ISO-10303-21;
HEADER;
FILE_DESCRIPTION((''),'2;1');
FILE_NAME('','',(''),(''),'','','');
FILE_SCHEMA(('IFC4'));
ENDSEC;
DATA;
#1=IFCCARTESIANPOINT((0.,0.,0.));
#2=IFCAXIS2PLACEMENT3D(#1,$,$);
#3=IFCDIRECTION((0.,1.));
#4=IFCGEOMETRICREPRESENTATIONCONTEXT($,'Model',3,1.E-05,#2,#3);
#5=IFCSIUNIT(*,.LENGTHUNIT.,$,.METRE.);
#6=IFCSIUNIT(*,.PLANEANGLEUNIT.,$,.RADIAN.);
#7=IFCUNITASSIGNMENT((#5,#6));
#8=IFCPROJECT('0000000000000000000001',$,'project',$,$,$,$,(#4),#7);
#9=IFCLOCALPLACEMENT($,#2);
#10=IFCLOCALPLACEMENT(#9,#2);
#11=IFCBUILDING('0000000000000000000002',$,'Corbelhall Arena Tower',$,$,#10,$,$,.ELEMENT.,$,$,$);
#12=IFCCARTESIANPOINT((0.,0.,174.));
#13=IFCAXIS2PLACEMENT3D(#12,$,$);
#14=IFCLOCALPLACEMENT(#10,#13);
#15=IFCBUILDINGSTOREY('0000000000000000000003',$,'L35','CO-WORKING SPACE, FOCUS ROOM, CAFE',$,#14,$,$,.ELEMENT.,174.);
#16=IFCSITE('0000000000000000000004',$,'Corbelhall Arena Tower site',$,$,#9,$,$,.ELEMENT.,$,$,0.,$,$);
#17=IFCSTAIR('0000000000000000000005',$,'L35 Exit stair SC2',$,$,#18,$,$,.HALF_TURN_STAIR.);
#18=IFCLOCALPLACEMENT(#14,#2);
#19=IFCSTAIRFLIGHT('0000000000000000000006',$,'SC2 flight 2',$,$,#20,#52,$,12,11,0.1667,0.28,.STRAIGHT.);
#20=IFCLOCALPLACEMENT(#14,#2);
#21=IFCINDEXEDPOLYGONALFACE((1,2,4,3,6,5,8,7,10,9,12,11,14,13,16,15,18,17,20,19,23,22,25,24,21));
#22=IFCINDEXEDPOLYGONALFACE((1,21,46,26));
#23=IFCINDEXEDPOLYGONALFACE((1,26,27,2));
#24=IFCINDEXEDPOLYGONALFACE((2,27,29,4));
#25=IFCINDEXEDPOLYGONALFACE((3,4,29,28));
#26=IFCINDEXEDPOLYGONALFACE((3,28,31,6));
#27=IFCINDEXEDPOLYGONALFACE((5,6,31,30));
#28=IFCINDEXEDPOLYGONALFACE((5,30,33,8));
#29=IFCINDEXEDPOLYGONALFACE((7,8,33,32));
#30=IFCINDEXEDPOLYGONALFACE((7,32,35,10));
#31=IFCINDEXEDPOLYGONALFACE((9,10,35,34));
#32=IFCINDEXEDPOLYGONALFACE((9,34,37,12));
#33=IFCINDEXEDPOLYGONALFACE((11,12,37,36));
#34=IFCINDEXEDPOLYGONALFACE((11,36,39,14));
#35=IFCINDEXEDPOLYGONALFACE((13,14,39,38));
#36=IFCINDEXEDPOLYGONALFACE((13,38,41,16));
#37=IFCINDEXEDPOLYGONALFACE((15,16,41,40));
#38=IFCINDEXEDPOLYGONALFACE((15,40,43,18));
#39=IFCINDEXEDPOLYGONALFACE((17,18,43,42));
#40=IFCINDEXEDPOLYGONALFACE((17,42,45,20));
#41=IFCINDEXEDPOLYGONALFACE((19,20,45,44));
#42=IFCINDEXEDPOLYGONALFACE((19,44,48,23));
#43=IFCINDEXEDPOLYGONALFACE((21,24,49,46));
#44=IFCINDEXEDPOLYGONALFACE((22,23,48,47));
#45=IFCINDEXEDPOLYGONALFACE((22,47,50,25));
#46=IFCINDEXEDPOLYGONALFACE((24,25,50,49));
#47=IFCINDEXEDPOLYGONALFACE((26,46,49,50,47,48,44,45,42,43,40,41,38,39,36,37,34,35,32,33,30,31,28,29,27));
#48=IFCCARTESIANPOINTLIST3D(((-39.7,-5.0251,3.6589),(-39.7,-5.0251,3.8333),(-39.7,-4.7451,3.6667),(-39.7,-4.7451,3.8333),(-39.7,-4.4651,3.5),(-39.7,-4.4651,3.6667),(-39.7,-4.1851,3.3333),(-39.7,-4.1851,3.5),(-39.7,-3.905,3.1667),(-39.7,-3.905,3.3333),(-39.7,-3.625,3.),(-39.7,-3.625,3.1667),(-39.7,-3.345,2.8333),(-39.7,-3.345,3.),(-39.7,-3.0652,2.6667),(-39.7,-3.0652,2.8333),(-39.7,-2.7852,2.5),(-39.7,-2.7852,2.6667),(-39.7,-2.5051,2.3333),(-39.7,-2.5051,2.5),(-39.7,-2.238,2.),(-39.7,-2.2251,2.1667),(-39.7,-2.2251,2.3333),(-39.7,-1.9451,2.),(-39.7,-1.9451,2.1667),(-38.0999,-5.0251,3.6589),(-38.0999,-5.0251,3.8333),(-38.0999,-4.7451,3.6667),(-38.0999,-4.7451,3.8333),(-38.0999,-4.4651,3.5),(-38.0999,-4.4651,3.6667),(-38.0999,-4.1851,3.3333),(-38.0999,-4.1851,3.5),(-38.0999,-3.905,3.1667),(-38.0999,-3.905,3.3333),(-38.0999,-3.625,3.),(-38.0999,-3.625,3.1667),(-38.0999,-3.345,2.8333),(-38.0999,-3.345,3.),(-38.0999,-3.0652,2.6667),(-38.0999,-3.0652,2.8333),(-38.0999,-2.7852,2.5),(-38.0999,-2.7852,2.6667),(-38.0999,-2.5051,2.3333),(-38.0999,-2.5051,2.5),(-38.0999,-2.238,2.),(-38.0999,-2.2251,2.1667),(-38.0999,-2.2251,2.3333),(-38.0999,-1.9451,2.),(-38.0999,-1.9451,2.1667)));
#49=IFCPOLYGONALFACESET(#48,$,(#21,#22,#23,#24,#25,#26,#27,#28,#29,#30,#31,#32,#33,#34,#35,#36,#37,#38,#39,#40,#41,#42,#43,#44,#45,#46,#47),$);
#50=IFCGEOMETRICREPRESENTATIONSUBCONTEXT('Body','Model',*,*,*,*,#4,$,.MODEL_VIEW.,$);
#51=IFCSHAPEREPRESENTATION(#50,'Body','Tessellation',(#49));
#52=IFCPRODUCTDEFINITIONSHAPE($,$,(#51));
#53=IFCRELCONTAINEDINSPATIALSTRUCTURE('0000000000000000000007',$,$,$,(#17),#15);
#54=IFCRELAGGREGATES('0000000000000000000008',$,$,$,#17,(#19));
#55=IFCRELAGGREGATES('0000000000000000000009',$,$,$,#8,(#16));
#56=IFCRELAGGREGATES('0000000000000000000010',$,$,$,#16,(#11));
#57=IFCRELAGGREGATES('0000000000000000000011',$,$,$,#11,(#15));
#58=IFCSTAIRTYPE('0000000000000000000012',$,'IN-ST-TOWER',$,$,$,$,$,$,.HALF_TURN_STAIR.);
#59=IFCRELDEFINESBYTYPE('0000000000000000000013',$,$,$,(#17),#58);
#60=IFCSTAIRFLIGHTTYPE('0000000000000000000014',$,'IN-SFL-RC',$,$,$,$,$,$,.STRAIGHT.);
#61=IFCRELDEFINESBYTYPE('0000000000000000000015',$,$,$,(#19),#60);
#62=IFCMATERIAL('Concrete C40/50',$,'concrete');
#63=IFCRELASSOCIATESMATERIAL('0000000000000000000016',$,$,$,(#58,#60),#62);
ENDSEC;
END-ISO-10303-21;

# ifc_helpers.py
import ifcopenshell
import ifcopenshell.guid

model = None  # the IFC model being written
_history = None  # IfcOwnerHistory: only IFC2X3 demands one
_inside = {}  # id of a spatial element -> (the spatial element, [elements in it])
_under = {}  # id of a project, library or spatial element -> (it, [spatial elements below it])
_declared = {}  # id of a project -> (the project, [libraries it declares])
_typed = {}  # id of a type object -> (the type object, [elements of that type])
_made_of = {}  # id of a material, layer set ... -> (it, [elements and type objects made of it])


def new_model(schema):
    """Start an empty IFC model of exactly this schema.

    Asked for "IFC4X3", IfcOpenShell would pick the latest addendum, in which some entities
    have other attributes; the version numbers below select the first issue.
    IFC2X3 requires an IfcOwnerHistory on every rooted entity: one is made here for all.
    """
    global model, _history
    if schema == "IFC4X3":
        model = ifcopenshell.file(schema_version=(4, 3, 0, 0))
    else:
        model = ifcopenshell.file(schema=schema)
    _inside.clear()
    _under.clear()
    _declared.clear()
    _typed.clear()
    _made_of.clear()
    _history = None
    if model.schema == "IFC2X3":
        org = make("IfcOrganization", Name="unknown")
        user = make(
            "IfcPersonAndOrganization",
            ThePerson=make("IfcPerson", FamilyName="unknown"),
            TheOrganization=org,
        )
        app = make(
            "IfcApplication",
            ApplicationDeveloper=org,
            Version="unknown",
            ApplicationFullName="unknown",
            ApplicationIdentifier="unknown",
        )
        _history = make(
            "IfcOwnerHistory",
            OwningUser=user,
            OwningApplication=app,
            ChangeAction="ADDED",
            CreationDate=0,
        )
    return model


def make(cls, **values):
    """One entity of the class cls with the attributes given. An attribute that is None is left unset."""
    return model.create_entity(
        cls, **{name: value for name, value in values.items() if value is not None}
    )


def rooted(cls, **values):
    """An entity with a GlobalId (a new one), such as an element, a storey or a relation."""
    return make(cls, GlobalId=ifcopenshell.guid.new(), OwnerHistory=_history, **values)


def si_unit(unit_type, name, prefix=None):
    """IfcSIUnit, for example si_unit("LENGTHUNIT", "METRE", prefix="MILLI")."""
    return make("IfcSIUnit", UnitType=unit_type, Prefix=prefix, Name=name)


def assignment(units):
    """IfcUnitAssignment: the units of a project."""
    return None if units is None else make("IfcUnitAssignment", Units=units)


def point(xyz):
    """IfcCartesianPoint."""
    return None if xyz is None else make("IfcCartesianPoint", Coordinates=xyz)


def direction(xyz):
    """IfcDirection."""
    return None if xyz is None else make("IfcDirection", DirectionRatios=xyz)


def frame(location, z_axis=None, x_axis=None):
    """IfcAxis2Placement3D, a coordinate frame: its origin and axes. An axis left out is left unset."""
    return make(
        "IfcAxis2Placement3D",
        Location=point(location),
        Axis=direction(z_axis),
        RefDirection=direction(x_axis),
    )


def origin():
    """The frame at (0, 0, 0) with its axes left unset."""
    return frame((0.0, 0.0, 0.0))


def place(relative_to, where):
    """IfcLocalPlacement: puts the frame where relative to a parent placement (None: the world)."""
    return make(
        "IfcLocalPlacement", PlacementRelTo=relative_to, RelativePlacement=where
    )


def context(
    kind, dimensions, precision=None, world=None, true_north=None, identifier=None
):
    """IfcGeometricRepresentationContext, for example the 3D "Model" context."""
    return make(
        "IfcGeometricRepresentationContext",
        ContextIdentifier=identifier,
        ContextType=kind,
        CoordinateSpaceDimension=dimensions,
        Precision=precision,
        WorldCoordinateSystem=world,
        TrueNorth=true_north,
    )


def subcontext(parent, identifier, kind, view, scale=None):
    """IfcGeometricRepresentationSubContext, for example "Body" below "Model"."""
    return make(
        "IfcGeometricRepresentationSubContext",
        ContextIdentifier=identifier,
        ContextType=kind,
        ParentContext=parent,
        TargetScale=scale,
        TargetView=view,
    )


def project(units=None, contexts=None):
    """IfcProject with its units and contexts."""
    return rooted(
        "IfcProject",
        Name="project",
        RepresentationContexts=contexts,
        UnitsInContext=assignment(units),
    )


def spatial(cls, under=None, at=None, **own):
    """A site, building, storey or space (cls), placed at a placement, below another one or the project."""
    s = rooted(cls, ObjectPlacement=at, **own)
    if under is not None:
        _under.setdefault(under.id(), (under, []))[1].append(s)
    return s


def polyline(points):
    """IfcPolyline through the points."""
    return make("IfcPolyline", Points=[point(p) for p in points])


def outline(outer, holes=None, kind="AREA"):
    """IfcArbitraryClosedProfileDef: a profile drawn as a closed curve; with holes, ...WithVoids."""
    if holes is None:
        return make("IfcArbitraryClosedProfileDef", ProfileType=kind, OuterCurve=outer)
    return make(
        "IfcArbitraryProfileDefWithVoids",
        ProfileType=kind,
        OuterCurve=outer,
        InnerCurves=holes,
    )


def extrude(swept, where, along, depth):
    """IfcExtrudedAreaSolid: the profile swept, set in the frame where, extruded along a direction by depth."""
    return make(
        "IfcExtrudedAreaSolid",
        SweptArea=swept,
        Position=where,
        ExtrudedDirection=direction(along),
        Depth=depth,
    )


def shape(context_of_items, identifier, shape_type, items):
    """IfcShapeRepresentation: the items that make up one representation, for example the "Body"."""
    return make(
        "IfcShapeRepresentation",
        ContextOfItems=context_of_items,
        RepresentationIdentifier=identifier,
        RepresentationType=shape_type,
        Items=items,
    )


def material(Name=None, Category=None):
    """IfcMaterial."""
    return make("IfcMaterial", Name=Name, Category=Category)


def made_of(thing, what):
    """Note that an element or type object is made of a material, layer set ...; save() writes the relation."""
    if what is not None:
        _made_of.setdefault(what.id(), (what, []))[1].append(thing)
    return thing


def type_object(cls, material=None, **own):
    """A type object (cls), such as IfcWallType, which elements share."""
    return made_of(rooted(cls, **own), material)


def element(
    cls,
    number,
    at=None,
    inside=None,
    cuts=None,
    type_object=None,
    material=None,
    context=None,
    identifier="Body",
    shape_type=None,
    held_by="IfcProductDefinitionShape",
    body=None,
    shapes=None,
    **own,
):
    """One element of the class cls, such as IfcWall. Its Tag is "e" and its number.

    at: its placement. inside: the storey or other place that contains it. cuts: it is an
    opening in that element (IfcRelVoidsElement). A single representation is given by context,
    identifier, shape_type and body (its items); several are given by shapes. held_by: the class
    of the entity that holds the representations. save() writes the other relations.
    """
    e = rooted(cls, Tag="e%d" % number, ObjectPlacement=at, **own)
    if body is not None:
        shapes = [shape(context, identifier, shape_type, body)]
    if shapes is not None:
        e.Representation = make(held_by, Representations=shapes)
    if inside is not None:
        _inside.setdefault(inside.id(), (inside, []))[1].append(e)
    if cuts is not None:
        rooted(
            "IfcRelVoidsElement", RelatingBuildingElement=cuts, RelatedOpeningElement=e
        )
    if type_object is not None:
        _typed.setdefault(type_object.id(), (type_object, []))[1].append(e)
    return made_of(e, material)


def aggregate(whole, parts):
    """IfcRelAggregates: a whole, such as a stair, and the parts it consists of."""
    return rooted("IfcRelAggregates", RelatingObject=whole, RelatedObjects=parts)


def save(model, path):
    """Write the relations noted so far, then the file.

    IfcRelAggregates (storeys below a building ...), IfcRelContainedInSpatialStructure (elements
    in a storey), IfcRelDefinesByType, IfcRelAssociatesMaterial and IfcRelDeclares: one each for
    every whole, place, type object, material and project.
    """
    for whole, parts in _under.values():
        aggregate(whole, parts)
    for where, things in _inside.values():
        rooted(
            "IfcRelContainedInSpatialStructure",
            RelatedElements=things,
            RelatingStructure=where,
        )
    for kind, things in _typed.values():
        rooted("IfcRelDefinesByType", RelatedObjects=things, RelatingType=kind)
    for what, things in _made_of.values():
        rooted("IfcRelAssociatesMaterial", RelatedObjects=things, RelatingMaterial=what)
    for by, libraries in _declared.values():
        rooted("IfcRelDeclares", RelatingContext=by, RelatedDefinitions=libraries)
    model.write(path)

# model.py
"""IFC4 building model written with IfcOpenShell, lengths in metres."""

from ifc_helpers import new_model, si_unit, direction, frame, origin, place, context, subcontext, project, spatial, polyline, outline, extrude, material, type_object, element, aggregate, save


model = new_model("IFC4")

# Units and contexts
model_context = context("Model", 3, precision=1e-05, world=origin(), true_north=direction((0.0, 1.0)))
body_context = subcontext(model_context, "Body", "Model", "MODEL_VIEW")
ifc_project = project(units=[si_unit("LENGTHUNIT", "METRE"), si_unit("PLANEANGLEUNIT", "RADIAN")], contexts=[model_context])

# Site, building, storey
site_placement = place(None, origin())
site = spatial("IfcSite", under=ifc_project, at=site_placement, Name="Corbelhall Arena Tower site", CompositionType="ELEMENT", RefElevation=0.0)
building_placement = place(site_placement, origin())
building = spatial("IfcBuilding", under=site, at=building_placement, Name="Corbelhall Arena Tower", CompositionType="ELEMENT")
storey_placement = place(building_placement, frame((0.0, 0.0, 174.0)))
storey = spatial("IfcBuildingStorey", under=building, at=storey_placement, Name="L35", Description="CO-WORKING SPACE, FOCUS ROOM, CAFE", CompositionType="ELEMENT", Elevation=174.0)

# Shared definitions
ifc_material_1 = material(Name="Concrete C40/50", Category="concrete")

# Stair, stair flight
stair_type = type_object("IfcStairType", Name="IN-ST-TOWER", PredefinedType="HALF_TURN_STAIR", material=ifc_material_1)
stair_placement = place(storey_placement, origin())
stair = element("IfcStair", 1, at=stair_placement, inside=storey, type_object=stair_type, Name="L35 Exit stair SC2", PredefinedType="HALF_TURN_STAIR")
stair_flight_type = type_object("IfcStairFlightType", Name="IN-SFL-RC", PredefinedType="STRAIGHT", material=ifc_material_1)
stair_flight_1_placement = place(storey_placement, frame((-38.8999, -1.9451, 2.0), z_axis=(0.0, 0.0, 1.0), x_axis=(0.0, -1.0, 0.0)))
stair_flight_1 = element("IfcStairFlight", 2, at=stair_flight_1_placement, type_object=stair_flight_type, Name="SC2 flight 2", NumberOfRisers=12, NumberOfTreads=11, PredefinedType="STRAIGHT", RiserHeight=0.1667, TreadLength=0.28, context=body_context, shape_type="SweptSolid", body=[
    extrude(outline(polyline([(0.0, 0.0), (0.0, 0.1667), (0.28, 0.1667), (0.28, 0.3333), (0.5601, 0.3333), (0.5601, 0.5), (0.8401, 0.5), (0.8401, 0.6667), (1.1201, 0.6667), (1.1201, 0.8333), (1.3999, 0.8333), (1.3999, 1.0), (1.6799, 1.0), (1.6799, 1.1667), (1.96, 1.1667), (1.96, 1.3333), (2.24, 1.3333), (2.24, 1.5), (2.52, 1.5), (2.52, 1.6667), (2.8, 1.6667), (2.8, 1.8333), (3.0801, 1.8333), (3.0801, 2.0), (3.0801, 1.6589), (0.293, 0.0), (0.0, 0.0)])), frame((0.0, 0.8, 0.0), z_axis=(0.0, -1.0, 0.0), x_axis=(1.0, 0.0, 0.0)), (0.0, 0.0, 1.0), 1.6001),
])
aggregate(stair, [stair_flight_1])

save(model, "model.ifc")
